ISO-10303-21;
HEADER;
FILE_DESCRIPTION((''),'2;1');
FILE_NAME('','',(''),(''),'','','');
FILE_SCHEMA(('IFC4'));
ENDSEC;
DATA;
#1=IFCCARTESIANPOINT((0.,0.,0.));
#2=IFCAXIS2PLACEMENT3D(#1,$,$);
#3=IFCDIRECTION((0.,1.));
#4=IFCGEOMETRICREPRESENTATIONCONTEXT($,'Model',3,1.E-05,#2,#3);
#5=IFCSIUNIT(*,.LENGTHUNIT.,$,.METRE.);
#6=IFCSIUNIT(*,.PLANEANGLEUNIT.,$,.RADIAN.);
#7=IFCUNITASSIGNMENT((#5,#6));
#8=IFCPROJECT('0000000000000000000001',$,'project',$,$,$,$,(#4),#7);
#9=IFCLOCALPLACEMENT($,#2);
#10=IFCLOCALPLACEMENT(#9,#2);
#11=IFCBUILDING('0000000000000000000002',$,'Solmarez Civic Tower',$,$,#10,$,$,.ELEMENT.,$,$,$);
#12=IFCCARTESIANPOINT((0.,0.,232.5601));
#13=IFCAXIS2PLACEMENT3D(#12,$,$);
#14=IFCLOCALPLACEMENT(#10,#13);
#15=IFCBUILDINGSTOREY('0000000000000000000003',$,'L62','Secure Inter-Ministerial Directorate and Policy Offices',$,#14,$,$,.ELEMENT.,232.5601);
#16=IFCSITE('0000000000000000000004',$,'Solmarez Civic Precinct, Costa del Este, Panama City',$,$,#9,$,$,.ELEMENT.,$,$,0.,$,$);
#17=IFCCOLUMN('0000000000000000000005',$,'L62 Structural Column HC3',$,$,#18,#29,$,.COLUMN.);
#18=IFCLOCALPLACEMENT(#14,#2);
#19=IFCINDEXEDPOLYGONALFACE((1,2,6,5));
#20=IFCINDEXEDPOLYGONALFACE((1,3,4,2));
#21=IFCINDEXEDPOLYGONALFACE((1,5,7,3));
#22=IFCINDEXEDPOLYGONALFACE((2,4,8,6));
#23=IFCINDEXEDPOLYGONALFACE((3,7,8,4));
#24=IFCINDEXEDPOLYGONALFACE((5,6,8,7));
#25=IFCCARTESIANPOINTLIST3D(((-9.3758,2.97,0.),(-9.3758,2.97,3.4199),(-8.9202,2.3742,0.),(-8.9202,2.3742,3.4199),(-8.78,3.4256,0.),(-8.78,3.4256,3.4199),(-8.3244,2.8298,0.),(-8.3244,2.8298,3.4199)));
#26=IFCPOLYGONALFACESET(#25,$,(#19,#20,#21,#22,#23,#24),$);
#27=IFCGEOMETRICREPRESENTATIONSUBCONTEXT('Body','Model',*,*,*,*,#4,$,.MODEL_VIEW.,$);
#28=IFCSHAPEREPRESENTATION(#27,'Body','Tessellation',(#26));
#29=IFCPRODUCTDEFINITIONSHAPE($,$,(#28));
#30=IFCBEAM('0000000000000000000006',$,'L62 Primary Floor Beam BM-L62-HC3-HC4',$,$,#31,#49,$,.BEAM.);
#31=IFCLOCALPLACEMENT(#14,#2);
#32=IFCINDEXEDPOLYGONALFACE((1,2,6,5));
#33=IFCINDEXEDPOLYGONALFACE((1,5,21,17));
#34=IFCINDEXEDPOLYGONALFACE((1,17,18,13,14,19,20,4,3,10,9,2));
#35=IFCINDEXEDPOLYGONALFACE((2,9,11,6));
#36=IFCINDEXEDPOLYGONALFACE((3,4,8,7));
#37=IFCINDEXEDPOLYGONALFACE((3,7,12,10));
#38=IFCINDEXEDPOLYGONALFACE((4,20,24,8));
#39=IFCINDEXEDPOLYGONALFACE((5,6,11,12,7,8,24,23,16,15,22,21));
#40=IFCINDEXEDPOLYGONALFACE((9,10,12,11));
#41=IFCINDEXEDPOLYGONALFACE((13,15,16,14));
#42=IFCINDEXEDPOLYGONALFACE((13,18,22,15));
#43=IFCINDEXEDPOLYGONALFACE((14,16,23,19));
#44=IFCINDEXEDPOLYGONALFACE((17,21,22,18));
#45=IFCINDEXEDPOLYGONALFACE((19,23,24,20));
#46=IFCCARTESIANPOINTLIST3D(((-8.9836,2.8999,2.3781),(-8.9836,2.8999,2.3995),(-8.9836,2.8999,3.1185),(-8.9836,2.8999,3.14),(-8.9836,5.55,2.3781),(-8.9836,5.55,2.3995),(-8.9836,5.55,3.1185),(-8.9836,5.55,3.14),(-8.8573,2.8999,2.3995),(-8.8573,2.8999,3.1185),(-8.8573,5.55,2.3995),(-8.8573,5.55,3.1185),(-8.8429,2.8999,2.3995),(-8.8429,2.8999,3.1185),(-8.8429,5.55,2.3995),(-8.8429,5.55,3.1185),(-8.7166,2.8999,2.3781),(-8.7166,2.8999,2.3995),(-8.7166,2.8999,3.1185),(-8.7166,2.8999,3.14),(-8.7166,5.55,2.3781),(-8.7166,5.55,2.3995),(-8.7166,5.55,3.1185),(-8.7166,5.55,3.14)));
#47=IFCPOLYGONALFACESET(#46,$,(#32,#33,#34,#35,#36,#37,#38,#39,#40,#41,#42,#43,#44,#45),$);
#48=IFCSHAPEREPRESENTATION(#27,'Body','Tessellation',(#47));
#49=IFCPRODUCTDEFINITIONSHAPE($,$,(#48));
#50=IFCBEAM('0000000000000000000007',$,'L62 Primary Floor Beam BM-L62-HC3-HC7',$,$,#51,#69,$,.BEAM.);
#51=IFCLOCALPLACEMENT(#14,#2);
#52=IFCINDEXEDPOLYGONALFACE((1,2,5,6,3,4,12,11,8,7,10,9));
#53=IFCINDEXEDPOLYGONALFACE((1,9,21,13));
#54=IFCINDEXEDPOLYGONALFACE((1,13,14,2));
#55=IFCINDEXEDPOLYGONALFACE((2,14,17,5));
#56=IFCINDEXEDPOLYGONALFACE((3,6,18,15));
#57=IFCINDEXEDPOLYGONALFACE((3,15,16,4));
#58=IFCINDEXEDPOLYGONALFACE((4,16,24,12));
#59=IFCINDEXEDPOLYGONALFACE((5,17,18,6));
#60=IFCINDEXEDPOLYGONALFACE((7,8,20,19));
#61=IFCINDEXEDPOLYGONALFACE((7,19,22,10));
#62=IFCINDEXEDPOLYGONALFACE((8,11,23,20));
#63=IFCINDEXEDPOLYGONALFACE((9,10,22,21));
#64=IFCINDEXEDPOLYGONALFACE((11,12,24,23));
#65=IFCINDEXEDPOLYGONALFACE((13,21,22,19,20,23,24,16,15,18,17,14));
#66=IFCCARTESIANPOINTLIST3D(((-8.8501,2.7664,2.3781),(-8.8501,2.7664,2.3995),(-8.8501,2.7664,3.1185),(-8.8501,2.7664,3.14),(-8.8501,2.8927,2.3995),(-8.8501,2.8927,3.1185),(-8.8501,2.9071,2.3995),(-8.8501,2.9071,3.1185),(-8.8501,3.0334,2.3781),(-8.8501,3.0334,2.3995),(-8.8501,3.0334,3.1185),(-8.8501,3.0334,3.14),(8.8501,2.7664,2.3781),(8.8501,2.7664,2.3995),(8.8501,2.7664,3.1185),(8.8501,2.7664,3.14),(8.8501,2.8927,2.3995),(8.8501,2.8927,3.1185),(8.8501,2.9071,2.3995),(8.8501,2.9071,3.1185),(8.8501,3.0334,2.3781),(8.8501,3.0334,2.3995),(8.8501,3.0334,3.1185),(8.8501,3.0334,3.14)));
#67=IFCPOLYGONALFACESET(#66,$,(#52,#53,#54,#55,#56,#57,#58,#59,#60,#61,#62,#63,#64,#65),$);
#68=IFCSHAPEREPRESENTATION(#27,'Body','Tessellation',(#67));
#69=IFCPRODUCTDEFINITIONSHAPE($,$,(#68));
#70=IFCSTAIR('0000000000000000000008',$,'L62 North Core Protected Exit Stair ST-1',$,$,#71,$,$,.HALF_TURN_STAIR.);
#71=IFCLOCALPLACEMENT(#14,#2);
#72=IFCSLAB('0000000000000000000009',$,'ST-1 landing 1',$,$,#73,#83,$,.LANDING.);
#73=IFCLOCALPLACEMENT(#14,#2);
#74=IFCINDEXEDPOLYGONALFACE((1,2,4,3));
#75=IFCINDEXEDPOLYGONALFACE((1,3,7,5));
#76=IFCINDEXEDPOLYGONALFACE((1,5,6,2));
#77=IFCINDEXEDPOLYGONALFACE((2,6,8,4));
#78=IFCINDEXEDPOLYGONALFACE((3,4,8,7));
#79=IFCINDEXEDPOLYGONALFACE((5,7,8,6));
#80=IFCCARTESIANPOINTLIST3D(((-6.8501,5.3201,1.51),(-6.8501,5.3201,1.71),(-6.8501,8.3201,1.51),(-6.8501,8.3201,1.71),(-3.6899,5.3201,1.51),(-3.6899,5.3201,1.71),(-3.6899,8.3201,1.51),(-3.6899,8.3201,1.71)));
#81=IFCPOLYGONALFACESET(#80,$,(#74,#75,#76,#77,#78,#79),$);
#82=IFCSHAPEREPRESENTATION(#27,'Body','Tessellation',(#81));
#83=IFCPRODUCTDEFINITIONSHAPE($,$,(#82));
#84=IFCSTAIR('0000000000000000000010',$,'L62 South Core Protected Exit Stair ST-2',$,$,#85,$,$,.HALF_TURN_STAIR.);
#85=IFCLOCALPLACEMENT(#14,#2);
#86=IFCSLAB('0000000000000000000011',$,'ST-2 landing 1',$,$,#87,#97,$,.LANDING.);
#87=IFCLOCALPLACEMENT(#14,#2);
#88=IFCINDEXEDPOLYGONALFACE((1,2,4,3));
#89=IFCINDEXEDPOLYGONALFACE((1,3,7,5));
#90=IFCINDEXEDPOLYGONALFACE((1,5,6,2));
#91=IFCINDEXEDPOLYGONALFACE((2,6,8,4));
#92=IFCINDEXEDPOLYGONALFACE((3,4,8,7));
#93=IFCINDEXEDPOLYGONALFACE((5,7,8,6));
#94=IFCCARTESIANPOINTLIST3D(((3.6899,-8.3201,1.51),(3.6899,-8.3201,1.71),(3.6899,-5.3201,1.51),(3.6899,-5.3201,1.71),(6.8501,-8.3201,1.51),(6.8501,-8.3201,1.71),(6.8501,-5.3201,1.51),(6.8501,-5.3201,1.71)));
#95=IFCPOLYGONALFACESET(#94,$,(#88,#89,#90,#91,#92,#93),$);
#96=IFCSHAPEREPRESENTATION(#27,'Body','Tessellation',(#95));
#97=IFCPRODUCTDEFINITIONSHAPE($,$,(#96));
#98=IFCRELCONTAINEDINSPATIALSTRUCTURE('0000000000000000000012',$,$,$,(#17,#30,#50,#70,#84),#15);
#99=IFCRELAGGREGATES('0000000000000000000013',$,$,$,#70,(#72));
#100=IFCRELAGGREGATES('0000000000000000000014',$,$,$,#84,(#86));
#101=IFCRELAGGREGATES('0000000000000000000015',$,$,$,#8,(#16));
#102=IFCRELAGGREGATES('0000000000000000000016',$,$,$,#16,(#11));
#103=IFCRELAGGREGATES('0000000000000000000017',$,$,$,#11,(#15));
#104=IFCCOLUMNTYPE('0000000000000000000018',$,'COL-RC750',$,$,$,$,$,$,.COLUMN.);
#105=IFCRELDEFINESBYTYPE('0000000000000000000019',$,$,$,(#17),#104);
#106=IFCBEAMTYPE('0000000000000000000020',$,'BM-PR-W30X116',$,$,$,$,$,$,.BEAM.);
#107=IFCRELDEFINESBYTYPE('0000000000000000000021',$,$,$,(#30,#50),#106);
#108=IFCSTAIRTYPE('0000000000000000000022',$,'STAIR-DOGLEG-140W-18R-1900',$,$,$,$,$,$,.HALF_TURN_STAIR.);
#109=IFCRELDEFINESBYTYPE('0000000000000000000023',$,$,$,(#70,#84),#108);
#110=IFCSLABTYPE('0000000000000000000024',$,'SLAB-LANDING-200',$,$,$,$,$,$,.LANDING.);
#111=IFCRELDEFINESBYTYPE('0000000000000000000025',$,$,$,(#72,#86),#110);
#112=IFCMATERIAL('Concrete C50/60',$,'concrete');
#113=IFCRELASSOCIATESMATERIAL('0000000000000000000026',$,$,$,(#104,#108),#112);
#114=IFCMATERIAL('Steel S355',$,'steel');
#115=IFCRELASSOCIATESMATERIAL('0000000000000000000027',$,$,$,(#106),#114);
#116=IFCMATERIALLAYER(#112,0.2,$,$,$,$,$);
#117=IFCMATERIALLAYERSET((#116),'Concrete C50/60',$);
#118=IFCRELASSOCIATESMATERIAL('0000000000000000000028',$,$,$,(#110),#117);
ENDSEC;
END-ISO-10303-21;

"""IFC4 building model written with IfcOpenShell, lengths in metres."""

from ifc_helpers import new_model, si_unit, direction, frame, origin, origin_2d, place, context, subcontext, project, spatial, polyline, rectangle, i_section, outline, extrude, material, layer, layer_set, material_profile, profile_set, type_object, element, aggregate, save


model = new_model("IFC4")

# Units and contexts
model_context = context("Model", 3, precision=1e-05, world=origin(), true_north=direction((0.0, 1.0)))
body_context = subcontext(model_context, "Body", "Model", "MODEL_VIEW")
ifc_project = project(units=[si_unit("LENGTHUNIT", "METRE"), si_unit("PLANEANGLEUNIT", "RADIAN")], contexts=[model_context])

# Site, building, storey
site_placement = place(None, origin())
site = spatial("IfcSite", under=ifc_project, at=site_placement, Name="Solmarez Civic Precinct, Costa del Este, Panama City", CompositionType="ELEMENT", RefElevation=0.0)
building_placement = place(site_placement, origin())
building = spatial("IfcBuilding", under=site, at=building_placement, Name="Solmarez Civic Tower", CompositionType="ELEMENT")
storey_placement = place(building_placement, frame((0.0, 0.0, 232.5601)))
storey = spatial("IfcBuildingStorey", under=building, at=storey_placement, Name="L62", Description="Secure Inter-Ministerial Directorate and Policy Offices", CompositionType="ELEMENT", Elevation=232.5601)

# Column
ifc_material_1 = material(Name="Concrete C50/60", Category="concrete")
ifc_material_profile_1 = material_profile(ifc_material_1, rectangle(XDim=0.75, YDim=0.75, at=origin_2d()), Name="RC750X750")
ifc_profile_set_1 = profile_set([ifc_material_profile_1], Name="Concrete C50/60")
column_type = type_object("IfcColumnType", Name="COL-RC750", PredefinedType="COLUMN", material=ifc_profile_set_1)
column_placement = place(storey_placement, frame((-8.8501, 2.8999, 0.0), z_axis=(0.0, 0.0, 1.0), x_axis=(0.794415, 0.607376, 0.0)))
element("IfcColumn", 1, at=column_placement, inside=storey, type_object=column_type, Name="L62 Structural Column HC3", PredefinedType="COLUMN", context=body_context, shape_type="SweptSolid", body=[
    extrude(rectangle(XDim=0.75, YDim=0.75, at=origin_2d()), origin(), (0.0, 0.0, 1.0), 3.4199),
])

# Beams
ifc_material_2 = material(Name="Steel S355", Category="steel")
ifc_material_profile_2 = material_profile(ifc_material_2, i_section(OverallWidth=0.2671, OverallDepth=0.762, WebThickness=0.0144, FlangeThickness=0.0215, at=origin_2d()), Name="W30X116")
ifc_profile_set_2 = profile_set([ifc_material_profile_2], Name="Steel S355")
beam_type = type_object("IfcBeamType", Name="BM-PR-W30X116", PredefinedType="BEAM", material=ifc_profile_set_2)
beam_1_placement = place(storey_placement, frame((-8.8501, 2.8999, 2.759), z_axis=(0.0, 1.0, 0.0), x_axis=(-1.0, 0.0, 0.0)))
element("IfcBeam", 2, at=beam_1_placement, inside=storey, type_object=beam_type, Name="L62 Primary Floor Beam BM-L62-HC3-HC4", PredefinedType="BEAM", context=body_context, shape_type="SweptSolid", body=[
    extrude(i_section(OverallWidth=0.2671, OverallDepth=0.762, WebThickness=0.0144, FlangeThickness=0.0215, at=origin_2d()), origin(), (0.0, 0.0, 1.0), 2.6501),
])
beam_2_placement = place(storey_placement, frame((-8.8501, 2.8999, 2.759), z_axis=(1.0, 0.0, 0.0), x_axis=(0.0, 1.0, 0.0)))
element("IfcBeam", 3, at=beam_2_placement, inside=storey, type_object=beam_type, Name="L62 Primary Floor Beam BM-L62-HC3-HC7", PredefinedType="BEAM", context=body_context, shape_type="SweptSolid", body=[
    extrude(i_section(OverallWidth=0.2671, OverallDepth=0.762, WebThickness=0.0144, FlangeThickness=0.0215, at=origin_2d()), origin(), (0.0, 0.0, 1.0), 17.7002),
])

# Stairs, slabs
stair_type = type_object("IfcStairType", Name="STAIR-DOGLEG-140W-18R-1900", PredefinedType="HALF_TURN_STAIR", material=ifc_material_1)
stair_1_placement = place(storey_placement, origin())
stair_1 = element("IfcStair", 4, at=stair_1_placement, inside=storey, type_object=stair_type, Name="L62 North Core Protected Exit Stair ST-1", PredefinedType="HALF_TURN_STAIR")
ifc_layer_1 = layer(ifc_material_1, 0.2)
ifc_layer_set_1 = layer_set([ifc_layer_1], Name="Concrete C50/60")
slab_type_1 = type_object("IfcSlabType", Name="SLAB-LANDING-200", PredefinedType="LANDING", material=ifc_layer_set_1)
slab_1_placement = place(storey_placement, frame((0.0, 0.0, 1.51)))
slab_1 = element("IfcSlab", 5, at=slab_1_placement, type_object=slab_type_1, Name="ST-1 landing 1", PredefinedType="LANDING", context=body_context, shape_type="SweptSolid", body=[
    extrude(outline(polyline([(-3.6899, 8.3201), (-6.8501, 8.3201), (-6.8501, 5.3201), (-3.6899, 5.3201), (-3.6899, 8.3201)])), origin(), (0.0, 0.0, 1.0), 0.2),
])
aggregate(stair_1, [slab_1])
stair_2_placement = place(storey_placement, origin())
stair_2 = element("IfcStair", 6, at=stair_2_placement, inside=storey, type_object=stair_type, Name="L62 South Core Protected Exit Stair ST-2", PredefinedType="HALF_TURN_STAIR")
slab_2_placement = place(storey_placement, frame((0.0, 0.0, 1.51)))
slab_2 = element("IfcSlab", 7, at=slab_2_placement, type_object=slab_type_1, Name="ST-2 landing 1", PredefinedType="LANDING", context=body_context, shape_type="SweptSolid", body=[
    extrude(outline(polyline([(3.6899, -8.3201), (6.8501, -8.3201), (6.8501, -5.3201), (3.6899, -5.3201), (3.6899, -8.3201)])), origin(), (0.0, 0.0, 1.0), 0.2),
])
aggregate(stair_2, [slab_2])

save(model, "model.ifc")
